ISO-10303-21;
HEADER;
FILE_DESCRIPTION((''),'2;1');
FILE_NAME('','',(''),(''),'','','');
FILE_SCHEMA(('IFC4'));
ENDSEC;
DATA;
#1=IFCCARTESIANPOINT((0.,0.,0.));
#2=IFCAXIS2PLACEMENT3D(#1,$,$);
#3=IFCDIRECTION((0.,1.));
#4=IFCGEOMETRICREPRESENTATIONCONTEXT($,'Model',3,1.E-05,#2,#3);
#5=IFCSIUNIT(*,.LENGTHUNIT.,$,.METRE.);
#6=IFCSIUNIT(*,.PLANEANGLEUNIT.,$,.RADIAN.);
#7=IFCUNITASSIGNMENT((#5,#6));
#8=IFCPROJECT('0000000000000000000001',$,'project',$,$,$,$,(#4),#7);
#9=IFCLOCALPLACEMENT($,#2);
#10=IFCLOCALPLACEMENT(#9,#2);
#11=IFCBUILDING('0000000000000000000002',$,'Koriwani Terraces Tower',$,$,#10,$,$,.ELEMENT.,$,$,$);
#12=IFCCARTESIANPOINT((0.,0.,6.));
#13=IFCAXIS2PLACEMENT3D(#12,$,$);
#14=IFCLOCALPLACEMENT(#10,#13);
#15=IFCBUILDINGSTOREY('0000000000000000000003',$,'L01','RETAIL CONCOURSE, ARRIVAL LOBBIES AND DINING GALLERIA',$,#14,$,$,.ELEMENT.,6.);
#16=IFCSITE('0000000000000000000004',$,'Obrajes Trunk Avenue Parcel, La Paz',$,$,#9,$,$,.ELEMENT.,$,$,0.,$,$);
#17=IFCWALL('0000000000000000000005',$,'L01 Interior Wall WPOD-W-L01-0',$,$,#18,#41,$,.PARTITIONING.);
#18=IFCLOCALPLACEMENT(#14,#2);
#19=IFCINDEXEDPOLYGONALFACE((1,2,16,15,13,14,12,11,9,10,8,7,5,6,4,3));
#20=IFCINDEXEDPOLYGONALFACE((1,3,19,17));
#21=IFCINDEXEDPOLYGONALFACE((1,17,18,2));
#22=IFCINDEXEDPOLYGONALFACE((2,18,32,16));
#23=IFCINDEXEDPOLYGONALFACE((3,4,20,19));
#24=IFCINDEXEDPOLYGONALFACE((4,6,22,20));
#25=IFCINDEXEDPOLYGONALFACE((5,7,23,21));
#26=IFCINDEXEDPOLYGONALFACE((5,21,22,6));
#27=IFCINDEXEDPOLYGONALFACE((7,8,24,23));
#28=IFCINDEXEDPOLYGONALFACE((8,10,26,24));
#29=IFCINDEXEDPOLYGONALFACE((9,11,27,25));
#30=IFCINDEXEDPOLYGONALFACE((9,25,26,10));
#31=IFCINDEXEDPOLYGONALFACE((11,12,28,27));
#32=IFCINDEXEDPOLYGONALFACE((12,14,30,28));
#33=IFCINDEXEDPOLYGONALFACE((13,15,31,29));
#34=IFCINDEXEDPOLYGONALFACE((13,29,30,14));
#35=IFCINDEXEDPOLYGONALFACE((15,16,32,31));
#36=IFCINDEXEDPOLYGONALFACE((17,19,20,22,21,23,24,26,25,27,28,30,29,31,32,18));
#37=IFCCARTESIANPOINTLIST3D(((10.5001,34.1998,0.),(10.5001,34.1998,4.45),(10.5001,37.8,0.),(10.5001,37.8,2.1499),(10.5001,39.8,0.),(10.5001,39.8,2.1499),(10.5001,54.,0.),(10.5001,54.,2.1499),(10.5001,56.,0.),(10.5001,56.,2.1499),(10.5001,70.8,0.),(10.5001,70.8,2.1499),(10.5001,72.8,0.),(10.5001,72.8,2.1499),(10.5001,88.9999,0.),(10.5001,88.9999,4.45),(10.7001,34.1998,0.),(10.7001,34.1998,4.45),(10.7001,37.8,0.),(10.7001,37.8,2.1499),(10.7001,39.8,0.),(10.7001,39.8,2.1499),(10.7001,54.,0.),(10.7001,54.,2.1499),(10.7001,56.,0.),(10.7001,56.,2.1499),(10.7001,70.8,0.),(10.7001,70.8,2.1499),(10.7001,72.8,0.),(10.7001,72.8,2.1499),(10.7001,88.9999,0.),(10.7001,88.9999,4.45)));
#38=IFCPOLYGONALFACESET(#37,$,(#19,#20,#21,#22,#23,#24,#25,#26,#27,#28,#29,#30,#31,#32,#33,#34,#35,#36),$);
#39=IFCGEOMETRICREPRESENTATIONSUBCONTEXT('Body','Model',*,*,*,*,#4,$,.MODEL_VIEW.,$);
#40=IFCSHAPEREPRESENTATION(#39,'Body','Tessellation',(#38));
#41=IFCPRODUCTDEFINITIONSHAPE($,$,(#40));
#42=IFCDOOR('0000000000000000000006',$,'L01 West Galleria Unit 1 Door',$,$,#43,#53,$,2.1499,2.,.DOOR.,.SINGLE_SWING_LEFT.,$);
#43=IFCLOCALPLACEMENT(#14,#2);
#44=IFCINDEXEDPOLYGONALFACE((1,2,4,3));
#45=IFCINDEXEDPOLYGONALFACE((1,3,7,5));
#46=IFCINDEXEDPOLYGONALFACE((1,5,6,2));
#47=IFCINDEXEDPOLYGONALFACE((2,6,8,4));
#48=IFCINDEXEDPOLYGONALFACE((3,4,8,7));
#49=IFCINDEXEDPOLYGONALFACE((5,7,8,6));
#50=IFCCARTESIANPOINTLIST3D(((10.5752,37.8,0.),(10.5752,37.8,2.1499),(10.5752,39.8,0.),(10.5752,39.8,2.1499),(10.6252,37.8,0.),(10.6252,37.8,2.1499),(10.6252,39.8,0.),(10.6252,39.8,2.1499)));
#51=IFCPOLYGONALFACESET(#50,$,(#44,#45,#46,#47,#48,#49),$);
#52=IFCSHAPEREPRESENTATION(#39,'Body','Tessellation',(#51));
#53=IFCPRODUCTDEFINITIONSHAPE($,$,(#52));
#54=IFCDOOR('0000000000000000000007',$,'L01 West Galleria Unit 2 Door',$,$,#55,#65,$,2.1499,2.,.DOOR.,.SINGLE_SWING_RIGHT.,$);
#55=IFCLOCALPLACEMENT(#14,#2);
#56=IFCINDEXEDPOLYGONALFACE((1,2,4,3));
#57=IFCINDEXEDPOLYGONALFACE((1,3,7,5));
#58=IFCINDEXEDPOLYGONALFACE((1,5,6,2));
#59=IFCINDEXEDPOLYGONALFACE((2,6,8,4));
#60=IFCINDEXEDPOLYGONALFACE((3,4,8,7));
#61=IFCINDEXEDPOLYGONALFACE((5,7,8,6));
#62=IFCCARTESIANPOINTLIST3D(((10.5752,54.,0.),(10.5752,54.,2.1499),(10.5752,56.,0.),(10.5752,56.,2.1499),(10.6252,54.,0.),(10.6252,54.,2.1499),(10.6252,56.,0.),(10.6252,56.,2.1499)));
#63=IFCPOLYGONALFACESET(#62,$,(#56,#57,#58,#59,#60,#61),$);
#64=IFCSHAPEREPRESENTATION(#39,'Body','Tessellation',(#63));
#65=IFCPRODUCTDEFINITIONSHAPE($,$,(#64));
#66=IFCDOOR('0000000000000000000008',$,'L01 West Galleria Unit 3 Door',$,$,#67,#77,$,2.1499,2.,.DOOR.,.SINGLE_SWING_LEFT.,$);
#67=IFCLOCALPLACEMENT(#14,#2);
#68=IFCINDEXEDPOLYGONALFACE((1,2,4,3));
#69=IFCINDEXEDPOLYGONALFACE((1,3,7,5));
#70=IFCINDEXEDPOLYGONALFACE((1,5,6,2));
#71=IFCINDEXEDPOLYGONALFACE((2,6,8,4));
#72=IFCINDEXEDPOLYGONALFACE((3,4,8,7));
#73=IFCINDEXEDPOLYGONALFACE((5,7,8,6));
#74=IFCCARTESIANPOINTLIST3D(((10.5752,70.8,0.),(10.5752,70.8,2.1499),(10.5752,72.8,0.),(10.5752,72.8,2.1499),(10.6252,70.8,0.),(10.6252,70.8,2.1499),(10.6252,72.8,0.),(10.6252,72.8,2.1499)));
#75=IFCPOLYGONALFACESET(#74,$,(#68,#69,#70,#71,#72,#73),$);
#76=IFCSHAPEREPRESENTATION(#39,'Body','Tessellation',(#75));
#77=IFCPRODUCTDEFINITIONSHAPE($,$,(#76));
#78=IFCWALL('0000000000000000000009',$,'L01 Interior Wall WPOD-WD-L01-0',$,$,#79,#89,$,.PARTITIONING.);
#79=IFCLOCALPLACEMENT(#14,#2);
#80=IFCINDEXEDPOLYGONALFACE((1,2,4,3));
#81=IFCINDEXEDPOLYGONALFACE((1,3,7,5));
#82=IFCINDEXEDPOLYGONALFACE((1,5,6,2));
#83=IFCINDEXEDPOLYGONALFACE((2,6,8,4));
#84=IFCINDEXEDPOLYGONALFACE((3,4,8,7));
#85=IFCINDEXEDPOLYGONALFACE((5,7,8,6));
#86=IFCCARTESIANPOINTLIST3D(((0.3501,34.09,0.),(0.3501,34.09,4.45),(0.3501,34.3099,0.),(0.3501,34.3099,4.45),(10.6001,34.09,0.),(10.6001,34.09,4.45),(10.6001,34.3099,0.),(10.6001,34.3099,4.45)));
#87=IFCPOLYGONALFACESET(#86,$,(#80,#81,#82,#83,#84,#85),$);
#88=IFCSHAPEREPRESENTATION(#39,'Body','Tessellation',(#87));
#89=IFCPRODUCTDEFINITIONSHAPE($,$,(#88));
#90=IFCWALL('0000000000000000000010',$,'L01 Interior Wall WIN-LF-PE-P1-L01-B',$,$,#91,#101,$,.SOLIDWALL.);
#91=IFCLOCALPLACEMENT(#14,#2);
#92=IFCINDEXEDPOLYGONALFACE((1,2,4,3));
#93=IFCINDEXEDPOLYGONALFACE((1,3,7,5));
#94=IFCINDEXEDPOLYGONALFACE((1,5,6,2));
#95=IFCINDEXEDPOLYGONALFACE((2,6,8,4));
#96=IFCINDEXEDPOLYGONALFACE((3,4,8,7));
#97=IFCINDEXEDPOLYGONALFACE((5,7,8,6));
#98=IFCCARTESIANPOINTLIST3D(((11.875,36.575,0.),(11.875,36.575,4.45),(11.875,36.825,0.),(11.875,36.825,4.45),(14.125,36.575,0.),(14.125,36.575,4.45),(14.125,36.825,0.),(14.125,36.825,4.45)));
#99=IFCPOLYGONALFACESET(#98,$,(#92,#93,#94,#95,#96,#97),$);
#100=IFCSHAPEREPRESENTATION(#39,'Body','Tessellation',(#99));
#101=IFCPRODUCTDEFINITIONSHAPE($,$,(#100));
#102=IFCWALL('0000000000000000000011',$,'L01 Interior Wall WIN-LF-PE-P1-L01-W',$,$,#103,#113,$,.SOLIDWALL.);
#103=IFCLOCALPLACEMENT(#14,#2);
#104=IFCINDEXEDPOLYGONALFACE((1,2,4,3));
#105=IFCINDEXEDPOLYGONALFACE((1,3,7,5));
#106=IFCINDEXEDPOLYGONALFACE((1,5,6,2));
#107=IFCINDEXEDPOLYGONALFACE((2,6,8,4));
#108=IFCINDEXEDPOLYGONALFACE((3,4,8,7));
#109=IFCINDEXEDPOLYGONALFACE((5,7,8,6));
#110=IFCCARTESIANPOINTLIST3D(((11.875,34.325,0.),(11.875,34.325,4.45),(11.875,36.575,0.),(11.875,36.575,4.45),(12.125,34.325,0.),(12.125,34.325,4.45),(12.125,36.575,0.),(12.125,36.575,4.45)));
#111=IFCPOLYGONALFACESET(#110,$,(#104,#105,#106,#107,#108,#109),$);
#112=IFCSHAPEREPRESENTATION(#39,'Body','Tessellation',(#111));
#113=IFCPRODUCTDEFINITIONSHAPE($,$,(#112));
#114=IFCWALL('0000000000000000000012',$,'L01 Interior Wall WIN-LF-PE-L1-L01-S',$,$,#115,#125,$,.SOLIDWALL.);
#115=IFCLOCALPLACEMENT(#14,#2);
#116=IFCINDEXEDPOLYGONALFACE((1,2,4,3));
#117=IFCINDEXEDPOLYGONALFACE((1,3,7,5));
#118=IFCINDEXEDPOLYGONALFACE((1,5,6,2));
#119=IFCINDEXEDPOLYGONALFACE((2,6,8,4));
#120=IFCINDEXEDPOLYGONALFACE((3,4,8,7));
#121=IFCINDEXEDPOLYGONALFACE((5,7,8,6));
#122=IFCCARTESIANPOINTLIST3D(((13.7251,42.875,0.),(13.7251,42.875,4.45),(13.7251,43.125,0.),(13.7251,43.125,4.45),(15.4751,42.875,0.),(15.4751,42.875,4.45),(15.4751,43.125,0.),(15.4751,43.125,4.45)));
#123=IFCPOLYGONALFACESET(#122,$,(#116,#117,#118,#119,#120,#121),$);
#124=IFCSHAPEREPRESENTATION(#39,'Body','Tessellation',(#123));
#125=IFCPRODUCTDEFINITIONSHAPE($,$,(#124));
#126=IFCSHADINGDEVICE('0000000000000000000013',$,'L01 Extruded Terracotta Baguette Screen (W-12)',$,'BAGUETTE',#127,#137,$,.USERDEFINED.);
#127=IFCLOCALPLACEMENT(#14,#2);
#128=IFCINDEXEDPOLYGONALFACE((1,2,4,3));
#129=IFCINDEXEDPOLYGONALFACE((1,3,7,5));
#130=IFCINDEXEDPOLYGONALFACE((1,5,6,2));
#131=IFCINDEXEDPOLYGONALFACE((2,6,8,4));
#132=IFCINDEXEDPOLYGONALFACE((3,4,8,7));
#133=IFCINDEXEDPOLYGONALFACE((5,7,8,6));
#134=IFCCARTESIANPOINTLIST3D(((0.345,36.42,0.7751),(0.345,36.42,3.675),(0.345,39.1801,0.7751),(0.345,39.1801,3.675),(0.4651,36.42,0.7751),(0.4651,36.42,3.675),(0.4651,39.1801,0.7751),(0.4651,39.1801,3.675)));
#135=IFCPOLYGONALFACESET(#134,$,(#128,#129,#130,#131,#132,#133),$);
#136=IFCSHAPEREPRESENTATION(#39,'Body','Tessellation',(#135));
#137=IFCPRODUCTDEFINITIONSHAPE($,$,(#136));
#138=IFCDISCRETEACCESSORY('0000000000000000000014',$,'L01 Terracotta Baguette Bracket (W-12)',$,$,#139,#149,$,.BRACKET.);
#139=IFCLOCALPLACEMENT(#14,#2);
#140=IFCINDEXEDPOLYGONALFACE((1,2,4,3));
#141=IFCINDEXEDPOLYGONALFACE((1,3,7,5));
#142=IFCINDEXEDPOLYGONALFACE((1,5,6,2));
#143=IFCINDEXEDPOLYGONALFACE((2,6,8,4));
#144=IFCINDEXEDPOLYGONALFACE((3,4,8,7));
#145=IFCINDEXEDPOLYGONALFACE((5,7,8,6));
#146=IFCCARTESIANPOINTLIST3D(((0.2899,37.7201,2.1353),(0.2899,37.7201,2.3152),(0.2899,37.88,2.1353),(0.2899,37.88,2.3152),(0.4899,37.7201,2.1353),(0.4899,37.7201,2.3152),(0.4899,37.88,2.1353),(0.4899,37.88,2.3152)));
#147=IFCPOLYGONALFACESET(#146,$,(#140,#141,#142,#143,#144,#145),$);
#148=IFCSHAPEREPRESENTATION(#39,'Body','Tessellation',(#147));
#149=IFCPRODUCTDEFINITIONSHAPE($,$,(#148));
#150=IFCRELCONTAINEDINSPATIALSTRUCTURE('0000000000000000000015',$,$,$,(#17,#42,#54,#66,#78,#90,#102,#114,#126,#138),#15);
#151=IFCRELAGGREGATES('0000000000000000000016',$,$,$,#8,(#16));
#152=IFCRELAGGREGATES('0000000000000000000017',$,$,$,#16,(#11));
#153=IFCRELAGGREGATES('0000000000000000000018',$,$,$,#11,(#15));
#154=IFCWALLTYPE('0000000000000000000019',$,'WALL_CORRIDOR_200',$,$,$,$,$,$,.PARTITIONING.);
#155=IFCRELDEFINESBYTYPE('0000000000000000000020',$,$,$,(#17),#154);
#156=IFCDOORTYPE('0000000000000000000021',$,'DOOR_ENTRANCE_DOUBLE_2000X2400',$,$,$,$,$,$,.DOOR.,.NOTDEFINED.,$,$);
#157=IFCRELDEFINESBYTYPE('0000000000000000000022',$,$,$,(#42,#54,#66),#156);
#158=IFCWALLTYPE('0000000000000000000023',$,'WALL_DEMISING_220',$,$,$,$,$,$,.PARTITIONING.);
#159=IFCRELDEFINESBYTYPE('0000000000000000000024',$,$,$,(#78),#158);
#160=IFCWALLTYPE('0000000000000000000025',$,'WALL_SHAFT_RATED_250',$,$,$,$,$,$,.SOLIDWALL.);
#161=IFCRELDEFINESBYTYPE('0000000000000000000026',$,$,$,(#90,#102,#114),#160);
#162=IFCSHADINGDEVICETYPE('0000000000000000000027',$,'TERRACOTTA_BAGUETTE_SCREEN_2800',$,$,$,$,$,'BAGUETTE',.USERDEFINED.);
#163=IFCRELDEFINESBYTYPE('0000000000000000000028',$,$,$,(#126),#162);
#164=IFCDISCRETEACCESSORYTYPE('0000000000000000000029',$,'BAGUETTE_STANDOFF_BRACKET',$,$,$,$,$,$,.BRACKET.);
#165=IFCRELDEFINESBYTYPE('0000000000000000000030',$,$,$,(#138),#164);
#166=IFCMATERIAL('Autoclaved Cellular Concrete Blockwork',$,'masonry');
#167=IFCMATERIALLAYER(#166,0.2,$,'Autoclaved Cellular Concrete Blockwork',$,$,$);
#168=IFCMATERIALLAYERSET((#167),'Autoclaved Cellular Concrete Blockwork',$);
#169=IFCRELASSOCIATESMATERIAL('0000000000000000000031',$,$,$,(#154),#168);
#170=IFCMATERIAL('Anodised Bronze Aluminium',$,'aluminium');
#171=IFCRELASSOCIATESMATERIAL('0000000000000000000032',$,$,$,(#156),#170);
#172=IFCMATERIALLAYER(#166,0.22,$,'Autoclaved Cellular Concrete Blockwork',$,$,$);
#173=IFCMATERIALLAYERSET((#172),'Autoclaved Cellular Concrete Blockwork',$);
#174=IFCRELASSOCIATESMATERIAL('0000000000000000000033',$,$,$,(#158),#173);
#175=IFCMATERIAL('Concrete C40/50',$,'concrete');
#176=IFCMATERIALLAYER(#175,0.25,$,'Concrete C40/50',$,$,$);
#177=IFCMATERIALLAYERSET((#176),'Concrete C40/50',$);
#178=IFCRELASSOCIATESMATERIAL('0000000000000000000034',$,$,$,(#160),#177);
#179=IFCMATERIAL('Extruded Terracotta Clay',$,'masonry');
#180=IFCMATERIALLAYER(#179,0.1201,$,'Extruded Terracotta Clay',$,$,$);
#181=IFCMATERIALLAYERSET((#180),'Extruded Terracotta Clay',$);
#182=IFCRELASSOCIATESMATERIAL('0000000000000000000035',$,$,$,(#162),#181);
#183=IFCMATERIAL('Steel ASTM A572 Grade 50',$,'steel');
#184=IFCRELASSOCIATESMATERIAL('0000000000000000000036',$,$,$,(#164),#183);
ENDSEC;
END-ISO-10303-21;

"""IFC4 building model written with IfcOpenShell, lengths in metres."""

from ifc_helpers import new_model, si_unit, direction, frame, frame_2d, origin, origin_2d, place, context, subcontext, project, spatial, rectangle, extrude, material, layer, layer_set, type_object, element, fill, save


model = new_model("IFC4")

# Units and contexts
model_context = context("Model", 3, precision=1e-05, world=origin(), true_north=direction((0.0, 1.0)))
body_context = subcontext(model_context, "Body", "Model", "MODEL_VIEW")
ifc_project = project(units=[si_unit("LENGTHUNIT", "METRE"), si_unit("PLANEANGLEUNIT", "RADIAN")], contexts=[model_context])

# Site, building, storey
site_placement = place(None, origin())
site = spatial("IfcSite", under=ifc_project, at=site_placement, Name="Obrajes Trunk Avenue Parcel, La Paz", CompositionType="ELEMENT", RefElevation=0.0)
building_placement = place(site_placement, origin())
building = spatial("IfcBuilding", under=site, at=building_placement, Name="Koriwani Terraces Tower", CompositionType="ELEMENT")
storey_placement = place(building_placement, frame((0.0, 0.0, 6.0)))
storey = spatial("IfcBuildingStorey", under=building, at=storey_placement, Name="L01", Description="RETAIL CONCOURSE, ARRIVAL LOBBIES AND DINING GALLERIA", CompositionType="ELEMENT", Elevation=6.0)

# Shared definitions
ifc_material_1 = material(Name="Steel ASTM A572 Grade 50", Category="steel")

# Wall, openings, doors
ifc_material_2 = material(Name="Autoclaved Cellular Concrete Blockwork", Category="masonry")
ifc_layer_1 = layer(ifc_material_2, 0.2, Name="Autoclaved Cellular Concrete Blockwork")
ifc_layer_set_1 = layer_set([ifc_layer_1], Name="Autoclaved Cellular Concrete Blockwork")
wall_type_1 = type_object("IfcWallType", Name="WALL_CORRIDOR_200", PredefinedType="PARTITIONING", material=ifc_layer_set_1)
wall_1_placement = place(storey_placement, frame((10.6001, 34.2, 0.0), z_axis=(0.0, 0.0, 1.0), x_axis=(0.0, 1.0, 0.0)))
wall_1 = element("IfcWall", 1, at=wall_1_placement, inside=storey, type_object=wall_type_1, Name="L01 Interior Wall WPOD-W-L01-0", PredefinedType="PARTITIONING", context=body_context, shape_type="SweptSolid", body=[
    extrude(rectangle(XDim=54.8, YDim=0.2, at=frame_2d((27.3999, 0.0))), origin(), (0.0, 0.0, 1.0), 4.45),
])
opening_1_placement = place(wall_1_placement, frame((3.6001, 0.0, 0.0)))
opening_1 = element("IfcOpeningElement", 2, at=opening_1_placement, cuts=wall_1, PredefinedType="OPENING", context=body_context, shape_type="SweptSolid", body=[
    extrude(rectangle(XDim=2.0, YDim=2.1499, at=frame_2d((1.0, 1.075))), frame((0.0, 0.1099, 0.0), z_axis=(0.0, -1.0, 0.0), x_axis=(1.0, 0.0, 0.0)), (0.0, 0.0, 1.0), 0.22),
])
opening_2_placement = place(wall_1_placement, frame((19.8, 0.0, 0.0)))
opening_2 = element("IfcOpeningElement", 3, at=opening_2_placement, cuts=wall_1, PredefinedType="OPENING", context=body_context, shape_type="SweptSolid", body=[
    extrude(rectangle(XDim=2.0, YDim=2.1499, at=frame_2d((1.0, 1.075))), frame((0.0, 0.1099, 0.0), z_axis=(0.0, -1.0, 0.0), x_axis=(1.0, 0.0, 0.0)), (0.0, 0.0, 1.0), 0.22),
])
opening_3_placement = place(wall_1_placement, frame((36.6001, 0.0, 0.0)))
opening_3 = element("IfcOpeningElement", 4, at=opening_3_placement, cuts=wall_1, PredefinedType="OPENING", context=body_context, shape_type="SweptSolid", body=[
    extrude(rectangle(XDim=2.0, YDim=2.1499, at=frame_2d((1.0, 1.075))), frame((0.0, 0.1099, 0.0), z_axis=(0.0, -1.0, 0.0), x_axis=(1.0, 0.0, 0.0)), (0.0, 0.0, 1.0), 0.22),
])
ifc_material_3 = material(Name="Anodised Bronze Aluminium", Category="aluminium")
door_type_1 = type_object("IfcDoorType", Name="DOOR_ENTRANCE_DOUBLE_2000X2400", OperationType="NOTDEFINED", PredefinedType="DOOR", material=ifc_material_3)
door_1_placement = place(opening_1_placement, origin())
door_1 = element("IfcDoor", 5, at=door_1_placement, inside=storey, type_object=door_type_1, Name="L01 West Galleria Unit 1 Door", OperationType="SINGLE_SWING_LEFT", OverallHeight=2.1499, OverallWidth=2.0, PredefinedType="DOOR", context=body_context, shape_type="SweptSolid", body=[
    extrude(rectangle(XDim=2.0, YDim=2.1499, at=frame_2d((1.0, 1.075))), frame((0.0, 0.0249, 0.0), z_axis=(0.0, -1.0, 0.0), x_axis=(1.0, 0.0, 0.0)), (0.0, 0.0, 1.0), 0.05),
])
fill(opening_1, door_1)
door_2_placement = place(opening_2_placement, origin())
door_2 = element("IfcDoor", 6, at=door_2_placement, inside=storey, type_object=door_type_1, Name="L01 West Galleria Unit 2 Door", OperationType="SINGLE_SWING_RIGHT", OverallHeight=2.1499, OverallWidth=2.0, PredefinedType="DOOR", context=body_context, shape_type="SweptSolid", body=[
    extrude(rectangle(XDim=2.0, YDim=2.1499, at=frame_2d((1.0, 1.075))), frame((0.0, 0.0249, 0.0), z_axis=(0.0, -1.0, 0.0), x_axis=(1.0, 0.0, 0.0)), (0.0, 0.0, 1.0), 0.05),
])
fill(opening_2, door_2)
door_3_placement = place(opening_3_placement, origin())
door_3 = element("IfcDoor", 7, at=door_3_placement, inside=storey, type_object=door_type_1, Name="L01 West Galleria Unit 3 Door", OperationType="SINGLE_SWING_LEFT", OverallHeight=2.1499, OverallWidth=2.0, PredefinedType="DOOR", context=body_context, shape_type="SweptSolid", body=[
    extrude(rectangle(XDim=2.0, YDim=2.1499, at=frame_2d((1.0, 1.075))), frame((0.0, 0.0249, 0.0), z_axis=(0.0, -1.0, 0.0), x_axis=(1.0, 0.0, 0.0)), (0.0, 0.0, 1.0), 0.05),
])
fill(opening_3, door_3)

# Wall
ifc_layer_2 = layer(ifc_material_2, 0.22, Name="Autoclaved Cellular Concrete Blockwork")
ifc_layer_set_2 = layer_set([ifc_layer_2], Name="Autoclaved Cellular Concrete Blockwork")
wall_type_2 = type_object("IfcWallType", Name="WALL_DEMISING_220", PredefinedType="PARTITIONING", material=ifc_layer_set_2)
wall_2_placement = place(storey_placement, frame((0.3501, 34.2, 0.0), z_axis=(0.0, 0.0, 1.0), x_axis=(1.0, 0.0, 0.0)))
element("IfcWall", 8, at=wall_2_placement, inside=storey, type_object=wall_type_2, Name="L01 Interior Wall WPOD-WD-L01-0", PredefinedType="PARTITIONING", context=body_context, shape_type="SweptSolid", body=[
    extrude(rectangle(XDim=10.25, YDim=0.22, at=frame_2d((5.125, 0.0))), origin(), (0.0, 0.0, 1.0), 4.45),
])

# Shared definitions
ifc_material_4 = material(Name="Concrete C40/50", Category="concrete")
ifc_layer_3 = layer(ifc_material_4, 0.25, Name="Concrete C40/50")
ifc_layer_set_3 = layer_set([ifc_layer_3], Name="Concrete C40/50")
wall_type_3 = type_object("IfcWallType", Name="WALL_SHAFT_RATED_250", PredefinedType="SOLIDWALL", material=ifc_layer_set_3)

# Walls
for number, where, z_axis, x_axis, name in (
    (9, (11.875, 36.7, 0.0), (0.0, 0.0, 1.0), (1.0, 0.0, 0.0), "L01 Interior Wall WIN-LF-PE-P1-L01-B"),
    (10, (12.0, 34.325, 0.0), (0.0, 0.0, 1.0), (0.0, 1.0, 0.0), "L01 Interior Wall WIN-LF-PE-P1-L01-W"),
):
    element("IfcWall", number, at=place(storey_placement, frame(where, z_axis=z_axis, x_axis=x_axis)), inside=storey, type_object=wall_type_3, Name=name, PredefinedType="SOLIDWALL", context=body_context, shape_type="SweptSolid", body=[
        extrude(rectangle(XDim=2.25, YDim=0.25, at=frame_2d((1.125, 0.0))), origin(), (0.0, 0.0, 1.0), 4.45),
    ])

# Wall
wall_3_placement = place(storey_placement, frame((13.7251, 43.0, 0.0), z_axis=(0.0, 0.0, 1.0), x_axis=(1.0, 0.0, 0.0)))
element("IfcWall", 11, at=wall_3_placement, inside=storey, type_object=wall_type_3, Name="L01 Interior Wall WIN-LF-PE-L1-L01-S", PredefinedType="SOLIDWALL", context=body_context, shape_type="SweptSolid", body=[
    extrude(rectangle(XDim=1.75, YDim=0.25, at=frame_2d((0.875, 0.0))), origin(), (0.0, 0.0, 1.0), 4.45),
])

# Shading device
ifc_material_5 = material(Name="Extruded Terracotta Clay", Category="masonry")
ifc_layer_4 = layer(ifc_material_5, 0.1201, Name="Extruded Terracotta Clay")
ifc_layer_set_4 = layer_set([ifc_layer_4], Name="Extruded Terracotta Clay")
shading_device_type = type_object("IfcShadingDeviceType", Name="TERRACOTTA_BAGUETTE_SCREEN_2800", ElementType="BAGUETTE", PredefinedType="USERDEFINED", material=ifc_layer_set_4)
shading_device_placement = place(storey_placement, frame((0.405, 37.8, 0.7751), z_axis=(0.0, 0.0, 1.0), x_axis=(0.0, 1.0, 0.0)))
element("IfcShadingDevice", 12, at=shading_device_placement, inside=storey, type_object=shading_device_type, Name="L01 Extruded Terracotta Baguette Screen (W-12)", ObjectType="BAGUETTE", PredefinedType="USERDEFINED", context=body_context, shape_type="SweptSolid", body=[
    extrude(rectangle(XDim=2.76, YDim=0.1201, at=origin_2d()), origin(), (0.0, 0.0, 1.0), 2.8999),
])

# Discrete accessory
discrete_accessory_type = type_object("IfcDiscreteAccessoryType", Name="BAGUETTE_STANDOFF_BRACKET", PredefinedType="BRACKET", material=ifc_material_1)
discrete_accessory_placement = place(storey_placement, frame((0.3899, 37.8, 2.1353), z_axis=(0.0, 0.0, 1.0), x_axis=(0.0, 1.0, 0.0)))
element("IfcDiscreteAccessory", 13, at=discrete_accessory_placement, inside=storey, type_object=discrete_accessory_type, Name="L01 Terracotta Baguette Bracket (W-12)", PredefinedType="BRACKET", context=body_context, shape_type="SweptSolid", body=[
    extrude(rectangle(XDim=0.1599, YDim=0.2, at=origin_2d()), origin(), (0.0, 0.0, 1.0), 0.1799),
])

save(model, "model.ifc")
